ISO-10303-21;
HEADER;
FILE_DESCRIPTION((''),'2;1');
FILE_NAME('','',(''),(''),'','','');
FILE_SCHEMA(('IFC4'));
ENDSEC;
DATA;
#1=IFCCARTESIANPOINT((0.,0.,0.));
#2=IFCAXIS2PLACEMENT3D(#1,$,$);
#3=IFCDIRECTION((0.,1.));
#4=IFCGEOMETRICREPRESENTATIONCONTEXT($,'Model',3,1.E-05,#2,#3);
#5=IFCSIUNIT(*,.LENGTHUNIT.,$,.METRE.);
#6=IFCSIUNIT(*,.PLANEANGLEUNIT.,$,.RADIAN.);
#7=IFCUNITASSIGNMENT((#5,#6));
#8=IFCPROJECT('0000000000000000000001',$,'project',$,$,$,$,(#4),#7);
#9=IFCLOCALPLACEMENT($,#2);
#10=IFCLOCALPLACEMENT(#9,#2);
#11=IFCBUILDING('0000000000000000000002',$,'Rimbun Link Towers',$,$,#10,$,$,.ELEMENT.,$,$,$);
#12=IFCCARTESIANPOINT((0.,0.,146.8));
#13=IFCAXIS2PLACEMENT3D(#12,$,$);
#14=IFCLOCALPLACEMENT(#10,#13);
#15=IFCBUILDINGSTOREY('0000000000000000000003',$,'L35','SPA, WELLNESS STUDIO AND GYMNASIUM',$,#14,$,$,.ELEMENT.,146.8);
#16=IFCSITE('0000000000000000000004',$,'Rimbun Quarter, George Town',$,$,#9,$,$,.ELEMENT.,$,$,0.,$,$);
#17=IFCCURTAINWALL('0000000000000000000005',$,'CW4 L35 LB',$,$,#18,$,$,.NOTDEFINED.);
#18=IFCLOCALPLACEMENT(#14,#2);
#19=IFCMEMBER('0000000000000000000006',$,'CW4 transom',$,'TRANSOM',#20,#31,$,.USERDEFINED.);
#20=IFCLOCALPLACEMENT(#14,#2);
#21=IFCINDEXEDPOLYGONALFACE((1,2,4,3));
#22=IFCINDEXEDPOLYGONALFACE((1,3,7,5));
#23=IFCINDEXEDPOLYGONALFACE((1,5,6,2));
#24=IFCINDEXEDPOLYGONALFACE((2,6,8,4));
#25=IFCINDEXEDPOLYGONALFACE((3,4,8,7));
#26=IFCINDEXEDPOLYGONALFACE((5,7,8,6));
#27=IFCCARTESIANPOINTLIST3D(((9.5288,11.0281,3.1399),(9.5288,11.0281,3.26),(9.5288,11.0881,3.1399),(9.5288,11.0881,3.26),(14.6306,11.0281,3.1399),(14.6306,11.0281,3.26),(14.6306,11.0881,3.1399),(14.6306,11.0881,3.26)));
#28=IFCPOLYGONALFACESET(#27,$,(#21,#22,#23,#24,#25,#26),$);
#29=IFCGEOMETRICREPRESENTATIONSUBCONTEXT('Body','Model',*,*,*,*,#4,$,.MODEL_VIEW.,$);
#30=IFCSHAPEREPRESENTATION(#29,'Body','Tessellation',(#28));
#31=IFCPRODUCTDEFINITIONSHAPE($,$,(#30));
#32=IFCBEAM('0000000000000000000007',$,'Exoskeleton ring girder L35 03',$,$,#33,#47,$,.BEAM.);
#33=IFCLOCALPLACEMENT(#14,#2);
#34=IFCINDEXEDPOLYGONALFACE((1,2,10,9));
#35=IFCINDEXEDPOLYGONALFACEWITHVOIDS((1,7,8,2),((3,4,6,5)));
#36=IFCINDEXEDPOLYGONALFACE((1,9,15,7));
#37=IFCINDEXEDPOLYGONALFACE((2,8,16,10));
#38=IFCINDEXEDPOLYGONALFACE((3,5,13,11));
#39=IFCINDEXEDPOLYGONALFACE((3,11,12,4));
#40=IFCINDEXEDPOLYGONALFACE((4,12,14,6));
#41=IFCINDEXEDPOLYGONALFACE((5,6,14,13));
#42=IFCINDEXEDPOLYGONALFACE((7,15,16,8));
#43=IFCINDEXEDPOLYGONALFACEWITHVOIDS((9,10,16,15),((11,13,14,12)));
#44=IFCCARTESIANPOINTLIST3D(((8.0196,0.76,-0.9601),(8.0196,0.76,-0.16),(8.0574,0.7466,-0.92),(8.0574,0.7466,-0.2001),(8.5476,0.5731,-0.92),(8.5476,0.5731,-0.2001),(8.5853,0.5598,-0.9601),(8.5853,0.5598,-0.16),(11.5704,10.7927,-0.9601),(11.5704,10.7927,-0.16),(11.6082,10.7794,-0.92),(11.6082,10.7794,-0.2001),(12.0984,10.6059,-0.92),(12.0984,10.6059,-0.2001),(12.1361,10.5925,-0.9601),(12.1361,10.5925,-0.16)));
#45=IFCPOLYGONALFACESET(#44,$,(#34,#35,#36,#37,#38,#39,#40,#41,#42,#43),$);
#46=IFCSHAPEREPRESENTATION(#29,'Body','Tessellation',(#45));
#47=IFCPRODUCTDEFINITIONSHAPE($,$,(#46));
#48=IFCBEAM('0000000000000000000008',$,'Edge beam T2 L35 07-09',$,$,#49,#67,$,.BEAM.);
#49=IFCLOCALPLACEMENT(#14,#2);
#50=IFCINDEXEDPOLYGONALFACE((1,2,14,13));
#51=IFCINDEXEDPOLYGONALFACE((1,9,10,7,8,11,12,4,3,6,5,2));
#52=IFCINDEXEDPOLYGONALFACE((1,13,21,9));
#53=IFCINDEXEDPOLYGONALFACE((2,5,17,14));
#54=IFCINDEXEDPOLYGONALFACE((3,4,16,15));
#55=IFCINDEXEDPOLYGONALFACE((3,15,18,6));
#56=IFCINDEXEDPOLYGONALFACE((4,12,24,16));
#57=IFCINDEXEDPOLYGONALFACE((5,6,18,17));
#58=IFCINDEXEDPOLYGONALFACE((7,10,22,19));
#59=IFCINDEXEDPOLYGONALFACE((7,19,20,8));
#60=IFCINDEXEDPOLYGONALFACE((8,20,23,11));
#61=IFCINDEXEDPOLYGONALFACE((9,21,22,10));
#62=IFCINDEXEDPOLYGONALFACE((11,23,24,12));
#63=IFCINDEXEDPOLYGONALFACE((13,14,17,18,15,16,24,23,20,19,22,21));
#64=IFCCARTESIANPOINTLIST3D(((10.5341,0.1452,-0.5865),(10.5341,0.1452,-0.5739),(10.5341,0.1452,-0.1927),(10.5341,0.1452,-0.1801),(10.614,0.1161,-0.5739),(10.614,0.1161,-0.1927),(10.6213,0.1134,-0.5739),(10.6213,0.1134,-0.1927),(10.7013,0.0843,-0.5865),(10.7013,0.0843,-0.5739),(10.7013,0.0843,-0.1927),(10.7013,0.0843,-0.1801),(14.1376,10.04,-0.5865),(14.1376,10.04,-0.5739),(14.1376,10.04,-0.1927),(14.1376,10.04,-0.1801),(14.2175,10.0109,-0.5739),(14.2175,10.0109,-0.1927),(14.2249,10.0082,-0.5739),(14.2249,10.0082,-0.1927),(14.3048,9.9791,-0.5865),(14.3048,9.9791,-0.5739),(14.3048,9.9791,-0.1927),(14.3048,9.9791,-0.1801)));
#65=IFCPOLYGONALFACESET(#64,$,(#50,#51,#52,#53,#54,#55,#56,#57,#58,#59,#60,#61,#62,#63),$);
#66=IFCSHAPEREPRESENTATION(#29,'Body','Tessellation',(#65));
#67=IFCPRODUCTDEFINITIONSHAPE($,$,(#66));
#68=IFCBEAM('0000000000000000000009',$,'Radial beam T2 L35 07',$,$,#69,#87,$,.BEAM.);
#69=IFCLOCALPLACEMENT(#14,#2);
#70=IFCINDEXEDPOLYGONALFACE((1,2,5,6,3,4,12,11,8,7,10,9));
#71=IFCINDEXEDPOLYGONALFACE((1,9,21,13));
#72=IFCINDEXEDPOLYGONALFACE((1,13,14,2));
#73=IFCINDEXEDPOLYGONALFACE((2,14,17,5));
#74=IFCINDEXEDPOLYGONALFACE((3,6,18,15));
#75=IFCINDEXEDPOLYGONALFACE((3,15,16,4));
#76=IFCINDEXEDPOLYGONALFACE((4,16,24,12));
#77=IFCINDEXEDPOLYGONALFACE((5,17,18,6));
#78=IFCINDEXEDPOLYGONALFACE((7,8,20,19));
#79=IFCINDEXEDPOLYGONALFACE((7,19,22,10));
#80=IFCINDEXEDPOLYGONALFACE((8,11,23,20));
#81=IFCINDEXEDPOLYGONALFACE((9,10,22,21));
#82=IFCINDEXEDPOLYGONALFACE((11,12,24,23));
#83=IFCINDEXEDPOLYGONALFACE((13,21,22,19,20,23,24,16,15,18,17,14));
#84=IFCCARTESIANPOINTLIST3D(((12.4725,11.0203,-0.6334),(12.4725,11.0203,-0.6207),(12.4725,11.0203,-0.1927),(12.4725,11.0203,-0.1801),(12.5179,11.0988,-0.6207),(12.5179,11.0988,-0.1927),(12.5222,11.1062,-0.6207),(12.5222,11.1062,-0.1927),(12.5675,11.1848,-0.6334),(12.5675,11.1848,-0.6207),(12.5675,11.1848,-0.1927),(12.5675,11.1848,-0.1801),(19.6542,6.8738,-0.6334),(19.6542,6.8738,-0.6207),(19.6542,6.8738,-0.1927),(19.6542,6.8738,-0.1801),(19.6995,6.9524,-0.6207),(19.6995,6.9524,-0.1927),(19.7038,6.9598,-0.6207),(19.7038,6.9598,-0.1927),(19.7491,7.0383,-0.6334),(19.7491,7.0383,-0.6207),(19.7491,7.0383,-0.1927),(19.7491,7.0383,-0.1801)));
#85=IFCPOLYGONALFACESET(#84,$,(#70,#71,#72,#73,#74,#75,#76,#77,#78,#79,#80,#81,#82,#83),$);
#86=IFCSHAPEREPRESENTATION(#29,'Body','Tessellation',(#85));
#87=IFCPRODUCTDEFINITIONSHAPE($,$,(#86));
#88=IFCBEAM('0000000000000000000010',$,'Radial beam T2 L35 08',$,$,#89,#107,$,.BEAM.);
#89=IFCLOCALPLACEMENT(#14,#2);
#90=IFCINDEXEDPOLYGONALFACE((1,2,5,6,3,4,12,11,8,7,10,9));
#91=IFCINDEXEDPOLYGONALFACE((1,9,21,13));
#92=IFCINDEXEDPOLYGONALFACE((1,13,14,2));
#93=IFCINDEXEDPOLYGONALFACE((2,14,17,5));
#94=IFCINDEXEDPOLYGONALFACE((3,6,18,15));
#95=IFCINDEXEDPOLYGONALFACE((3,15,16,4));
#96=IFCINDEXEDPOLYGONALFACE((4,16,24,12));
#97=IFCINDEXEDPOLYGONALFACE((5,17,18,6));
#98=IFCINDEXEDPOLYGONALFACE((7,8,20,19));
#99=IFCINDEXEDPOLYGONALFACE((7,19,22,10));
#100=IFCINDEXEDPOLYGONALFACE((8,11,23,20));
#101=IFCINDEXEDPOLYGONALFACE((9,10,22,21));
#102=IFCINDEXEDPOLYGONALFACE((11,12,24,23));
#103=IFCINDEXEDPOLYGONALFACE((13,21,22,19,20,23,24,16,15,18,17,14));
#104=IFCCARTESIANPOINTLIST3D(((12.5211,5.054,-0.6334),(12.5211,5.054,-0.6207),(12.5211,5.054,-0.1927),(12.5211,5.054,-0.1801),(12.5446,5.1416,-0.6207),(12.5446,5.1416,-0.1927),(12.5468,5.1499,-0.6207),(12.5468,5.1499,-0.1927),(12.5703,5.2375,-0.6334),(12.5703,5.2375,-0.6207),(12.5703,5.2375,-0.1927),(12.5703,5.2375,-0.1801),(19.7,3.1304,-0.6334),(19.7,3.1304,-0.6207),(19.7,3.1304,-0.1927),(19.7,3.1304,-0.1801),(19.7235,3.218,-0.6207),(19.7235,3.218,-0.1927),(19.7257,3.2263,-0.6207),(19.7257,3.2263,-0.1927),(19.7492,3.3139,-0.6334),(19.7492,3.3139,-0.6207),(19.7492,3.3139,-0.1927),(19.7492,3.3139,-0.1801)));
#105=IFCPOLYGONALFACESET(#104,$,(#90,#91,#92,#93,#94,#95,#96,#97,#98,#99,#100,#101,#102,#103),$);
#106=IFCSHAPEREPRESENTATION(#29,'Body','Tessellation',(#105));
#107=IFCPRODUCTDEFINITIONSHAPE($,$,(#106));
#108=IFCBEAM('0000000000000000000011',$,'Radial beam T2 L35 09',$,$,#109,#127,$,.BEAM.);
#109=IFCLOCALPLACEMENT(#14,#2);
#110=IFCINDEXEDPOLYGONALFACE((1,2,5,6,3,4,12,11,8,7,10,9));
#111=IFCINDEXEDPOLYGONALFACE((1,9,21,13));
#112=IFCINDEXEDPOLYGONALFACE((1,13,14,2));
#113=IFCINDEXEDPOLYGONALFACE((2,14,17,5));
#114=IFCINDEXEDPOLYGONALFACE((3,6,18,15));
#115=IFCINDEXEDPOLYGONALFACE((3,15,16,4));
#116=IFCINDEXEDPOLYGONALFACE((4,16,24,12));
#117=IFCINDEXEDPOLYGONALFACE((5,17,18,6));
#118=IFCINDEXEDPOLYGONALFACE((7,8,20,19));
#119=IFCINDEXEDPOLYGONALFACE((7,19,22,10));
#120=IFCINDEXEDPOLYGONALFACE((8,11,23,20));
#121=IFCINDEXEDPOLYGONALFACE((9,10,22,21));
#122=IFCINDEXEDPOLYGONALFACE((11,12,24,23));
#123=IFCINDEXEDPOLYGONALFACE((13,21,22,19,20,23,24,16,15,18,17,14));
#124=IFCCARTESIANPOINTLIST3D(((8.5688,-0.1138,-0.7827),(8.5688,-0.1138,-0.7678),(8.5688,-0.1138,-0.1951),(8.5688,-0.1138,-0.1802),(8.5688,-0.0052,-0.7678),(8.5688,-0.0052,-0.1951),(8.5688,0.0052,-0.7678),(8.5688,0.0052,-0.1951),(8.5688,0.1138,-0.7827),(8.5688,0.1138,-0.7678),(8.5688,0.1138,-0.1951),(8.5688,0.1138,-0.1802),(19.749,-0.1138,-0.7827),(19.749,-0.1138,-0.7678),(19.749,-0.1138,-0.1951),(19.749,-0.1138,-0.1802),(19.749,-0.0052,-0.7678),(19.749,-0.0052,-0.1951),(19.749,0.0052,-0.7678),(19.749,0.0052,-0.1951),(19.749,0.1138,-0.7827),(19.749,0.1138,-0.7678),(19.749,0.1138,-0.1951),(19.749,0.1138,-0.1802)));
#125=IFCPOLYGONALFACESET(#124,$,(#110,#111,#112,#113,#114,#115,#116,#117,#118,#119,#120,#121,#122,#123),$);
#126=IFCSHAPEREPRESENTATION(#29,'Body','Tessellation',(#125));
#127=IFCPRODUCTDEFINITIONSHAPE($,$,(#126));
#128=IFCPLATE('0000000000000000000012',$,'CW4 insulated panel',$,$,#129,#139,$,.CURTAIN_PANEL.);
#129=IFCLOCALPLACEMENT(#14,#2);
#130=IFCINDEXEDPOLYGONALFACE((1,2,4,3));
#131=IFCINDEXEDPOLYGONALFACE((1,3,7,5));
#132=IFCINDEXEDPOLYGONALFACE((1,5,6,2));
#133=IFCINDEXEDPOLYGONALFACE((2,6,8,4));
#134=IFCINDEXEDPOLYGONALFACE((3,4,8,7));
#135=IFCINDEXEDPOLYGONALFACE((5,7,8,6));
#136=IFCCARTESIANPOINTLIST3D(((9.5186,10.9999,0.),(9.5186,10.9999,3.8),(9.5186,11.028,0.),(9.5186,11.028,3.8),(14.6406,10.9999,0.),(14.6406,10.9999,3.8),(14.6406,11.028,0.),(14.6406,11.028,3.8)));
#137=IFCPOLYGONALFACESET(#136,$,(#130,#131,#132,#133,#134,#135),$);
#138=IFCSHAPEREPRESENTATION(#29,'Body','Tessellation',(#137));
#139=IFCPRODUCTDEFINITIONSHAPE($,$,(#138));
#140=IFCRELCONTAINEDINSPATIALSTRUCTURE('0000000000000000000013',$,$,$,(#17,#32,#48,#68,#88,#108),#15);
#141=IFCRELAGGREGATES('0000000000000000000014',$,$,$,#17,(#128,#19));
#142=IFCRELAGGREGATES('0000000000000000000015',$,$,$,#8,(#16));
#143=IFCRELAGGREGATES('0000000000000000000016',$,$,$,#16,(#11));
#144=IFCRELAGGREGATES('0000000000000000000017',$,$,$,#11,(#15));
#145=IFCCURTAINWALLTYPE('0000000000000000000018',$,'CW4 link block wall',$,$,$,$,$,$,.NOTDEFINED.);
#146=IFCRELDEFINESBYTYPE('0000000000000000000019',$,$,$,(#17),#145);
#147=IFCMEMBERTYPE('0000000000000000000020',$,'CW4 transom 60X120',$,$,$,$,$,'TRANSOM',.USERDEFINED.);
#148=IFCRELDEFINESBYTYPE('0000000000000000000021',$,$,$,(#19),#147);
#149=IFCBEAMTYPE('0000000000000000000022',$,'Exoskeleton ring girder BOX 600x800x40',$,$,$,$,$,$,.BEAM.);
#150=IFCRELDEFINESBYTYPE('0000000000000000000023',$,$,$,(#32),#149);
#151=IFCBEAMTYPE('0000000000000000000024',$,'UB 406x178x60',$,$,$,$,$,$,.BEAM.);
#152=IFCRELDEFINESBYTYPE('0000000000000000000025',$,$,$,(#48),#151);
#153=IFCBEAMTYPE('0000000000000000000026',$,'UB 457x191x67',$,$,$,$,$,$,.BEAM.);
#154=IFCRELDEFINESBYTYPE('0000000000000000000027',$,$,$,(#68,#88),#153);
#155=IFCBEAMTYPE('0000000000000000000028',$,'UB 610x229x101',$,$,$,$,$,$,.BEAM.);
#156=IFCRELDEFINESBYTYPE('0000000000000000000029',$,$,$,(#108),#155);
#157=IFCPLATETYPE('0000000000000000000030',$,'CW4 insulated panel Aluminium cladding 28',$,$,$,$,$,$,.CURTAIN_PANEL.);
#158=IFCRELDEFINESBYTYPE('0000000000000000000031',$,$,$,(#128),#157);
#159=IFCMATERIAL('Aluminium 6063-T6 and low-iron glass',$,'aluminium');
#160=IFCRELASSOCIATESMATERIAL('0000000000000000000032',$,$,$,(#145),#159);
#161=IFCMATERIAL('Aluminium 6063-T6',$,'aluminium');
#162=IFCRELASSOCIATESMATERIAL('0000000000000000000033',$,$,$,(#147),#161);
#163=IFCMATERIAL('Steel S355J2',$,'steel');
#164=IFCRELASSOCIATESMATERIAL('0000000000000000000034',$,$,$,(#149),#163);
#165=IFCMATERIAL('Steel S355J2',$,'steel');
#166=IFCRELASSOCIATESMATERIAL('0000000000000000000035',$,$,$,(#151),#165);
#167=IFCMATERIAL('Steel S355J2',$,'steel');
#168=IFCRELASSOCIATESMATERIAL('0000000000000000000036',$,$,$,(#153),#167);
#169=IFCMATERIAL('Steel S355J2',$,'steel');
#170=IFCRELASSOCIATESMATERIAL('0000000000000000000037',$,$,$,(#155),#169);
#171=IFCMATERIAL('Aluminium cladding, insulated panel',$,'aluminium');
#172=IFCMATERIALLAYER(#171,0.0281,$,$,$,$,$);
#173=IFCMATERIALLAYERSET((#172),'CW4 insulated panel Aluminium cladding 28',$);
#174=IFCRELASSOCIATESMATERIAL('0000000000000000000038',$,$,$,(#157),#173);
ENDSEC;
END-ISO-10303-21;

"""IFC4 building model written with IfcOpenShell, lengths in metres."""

from ifc_helpers import new_model, si_unit, direction, frame, origin, origin_2d, place, context, subcontext, project, spatial, rectangle, hollow_rectangle, i_section, extrude, material, layer, layer_set, material_profile, profile_set, type_object, element, aggregate, save


model = new_model("IFC4")

# Units and contexts
model_context = context("Model", 3, precision=1e-05, world=origin(), true_north=direction((0.0, 1.0)))
body_context = subcontext(model_context, "Body", "Model", "MODEL_VIEW")
ifc_project = project(units=[si_unit("LENGTHUNIT", "METRE"), si_unit("PLANEANGLEUNIT", "RADIAN")], contexts=[model_context])

# Site, building, storey
site_placement = place(None, origin())
site = spatial("IfcSite", under=ifc_project, at=site_placement, Name="Rimbun Quarter, George Town", CompositionType="ELEMENT", RefElevation=0.0)
building_placement = place(site_placement, origin())
building = spatial("IfcBuilding", under=site, at=building_placement, Name="Rimbun Link Towers", CompositionType="ELEMENT")
storey_placement = place(building_placement, frame((0.0, 0.0, 146.8)))
storey = spatial("IfcBuildingStorey", under=building, at=storey_placement, Name="L35", Description="SPA, WELLNESS STUDIO AND GYMNASIUM", CompositionType="ELEMENT", Elevation=146.8)

# Curtain wall, member
ifc_material_1 = material(Name="Aluminium 6063-T6 and low-iron glass", Category="aluminium")
curtain_wall_type = type_object("IfcCurtainWallType", Name="CW4 link block wall", PredefinedType="NOTDEFINED", material=ifc_material_1)
curtain_wall_placement = place(storey_placement, origin())
curtain_wall = element("IfcCurtainWall", 1, at=curtain_wall_placement, inside=storey, type_object=curtain_wall_type, Name="CW4 L35 LB", PredefinedType="NOTDEFINED")
ifc_material_2 = material(Name="Aluminium 6063-T6", Category="aluminium")
ifc_material_profile_1 = material_profile(ifc_material_2, rectangle(XDim=0.0601, YDim=0.1201, at=origin_2d()), Name="TRANSOM 60X120")
ifc_profile_set_1 = profile_set([ifc_material_profile_1], Name="Aluminium 6063-T6")
member_type = type_object("IfcMemberType", Name="CW4 transom 60X120", ElementType="TRANSOM", PredefinedType="USERDEFINED", material=ifc_profile_set_1)
member_placement = place(storey_placement, frame((9.5288, 11.0581, 3.2), z_axis=(1.0, 0.0, 0.0), x_axis=(0.0, 1.0, 0.0)))
member = element("IfcMember", 2, at=member_placement, type_object=member_type, Name="CW4 transom", ObjectType="TRANSOM", PredefinedType="USERDEFINED", context=body_context, shape_type="SweptSolid", body=[
    extrude(rectangle(XDim=0.0601, YDim=0.1201, at=origin_2d()), origin(), (0.0, 0.0, 1.0), 5.1018),
])

# Beams
ifc_material_3 = material(Name="Steel S355J2", Category="steel")
ifc_material_profile_2 = material_profile(ifc_material_3, hollow_rectangle(XDim=0.6001, YDim=0.8, WallThickness=0.04, at=origin_2d()), Name="Exoskeleton ring girder BOX 600x800x40")
ifc_profile_set_2 = profile_set([ifc_material_profile_2], Name="Steel S355J2")
beam_type_1 = type_object("IfcBeamType", Name="Exoskeleton ring girder BOX 600x800x40", PredefinedType="BEAM", material=ifc_profile_set_2)
beam_1_placement = place(storey_placement, frame((11.8533, 10.6926, -0.5601), z_axis=(-0.333641, -0.9427, 0.0), x_axis=(0.9427, -0.333641, 0.0)))
element("IfcBeam", 3, at=beam_1_placement, inside=storey, type_object=beam_type_1, Name="Exoskeleton ring girder L35 03", PredefinedType="BEAM", context=body_context, shape_type="SweptSolid", body=[
    extrude(hollow_rectangle(XDim=0.6001, YDim=0.8, WallThickness=0.04, at=origin_2d()), origin(), (0.0, 0.0, 1.0), 10.6426),
])
ifc_material_4 = material(Name="Steel S355J2", Category="steel")
ifc_material_profile_3 = material_profile(ifc_material_4, i_section(OverallWidth=0.178, OverallDepth=0.4065, WebThickness=0.0078, FlangeThickness=0.0127, at=origin_2d()), Name="UB 406x178x60")
ifc_profile_set_3 = profile_set([ifc_material_profile_3], Name="Steel S355J2")
beam_type_2 = type_object("IfcBeamType", Name="UB 406x178x60", PredefinedType="BEAM", material=ifc_profile_set_3)
beam_2_placement = place(storey_placement, frame((14.2212, 10.0095, -0.3833), z_axis=(-0.342197, -0.939628, 0.0), x_axis=(0.939628, -0.342197, 0.0)))
element("IfcBeam", 4, at=beam_2_placement, inside=storey, type_object=beam_type_2, Name="Edge beam T2 L35 07-09", PredefinedType="BEAM", context=body_context, shape_type="SweptSolid", body=[
    extrude(i_section(OverallWidth=0.178, OverallDepth=0.4065, WebThickness=0.0078, FlangeThickness=0.0127, at=origin_2d()), origin(), (0.0, 0.0, 1.0), 10.5305),
])
ifc_material_5 = material(Name="Steel S355J2", Category="steel")
ifc_material_profile_4 = material_profile(ifc_material_5, i_section(OverallWidth=0.1899, OverallDepth=0.4534, WebThickness=0.0085, FlangeThickness=0.0127, at=origin_2d()), Name="UB 457x191x67")
ifc_profile_set_4 = profile_set([ifc_material_profile_4], Name="Steel S355J2")
beam_type_3 = type_object("IfcBeamType", Name="UB 457x191x67", PredefinedType="BEAM", material=ifc_profile_set_4)
beam_3_placement = place(storey_placement, frame((19.7017, 6.9561, -0.4067), z_axis=(-0.866017, 0.500015, 0.0), x_axis=(-0.500015, -0.866017, 0.0)))
element("IfcBeam", 5, at=beam_3_placement, inside=storey, type_object=beam_type_3, Name="Radial beam T2 L35 07", PredefinedType="BEAM", context=body_context, shape_type="SweptSolid", body=[
    extrude(i_section(OverallWidth=0.1899, OverallDepth=0.4534, WebThickness=0.0085, FlangeThickness=0.0127, at=origin_2d()), origin(), (0.0, 0.0, 1.0), 8.2927),
])
beam_4_placement = place(storey_placement, frame((19.7246, 3.2222, -0.4067), z_axis=(-0.965926, 0.258818, 0.0), x_axis=(-0.258818, -0.965926, 0.0)))
element("IfcBeam", 6, at=beam_4_placement, inside=storey, type_object=beam_type_3, Name="Radial beam T2 L35 08", PredefinedType="BEAM", context=body_context, shape_type="SweptSolid", body=[
    extrude(i_section(OverallWidth=0.1899, OverallDepth=0.4534, WebThickness=0.0085, FlangeThickness=0.0127, at=origin_2d()), origin(), (0.0, 0.0, 1.0), 7.4321),
])
ifc_material_6 = material(Name="Steel S355J2", Category="steel")
ifc_material_profile_5 = material_profile(ifc_material_6, i_section(OverallWidth=0.2275, OverallDepth=0.6025, WebThickness=0.0105, FlangeThickness=0.0149, at=origin_2d()), Name="UB 610x229x101")
ifc_profile_set_5 = profile_set([ifc_material_profile_5], Name="Steel S355J2")
beam_type_4 = type_object("IfcBeamType", Name="UB 610x229x101", PredefinedType="BEAM", material=ifc_profile_set_5)
beam_5_placement = place(storey_placement, frame((19.749, 0.0, -0.4814), z_axis=(-1.0, 0.0, 0.0), x_axis=(0.0, -1.0, 0.0)))
element("IfcBeam", 7, at=beam_5_placement, inside=storey, type_object=beam_type_4, Name="Radial beam T2 L35 09", PredefinedType="BEAM", context=body_context, shape_type="SweptSolid", body=[
    extrude(i_section(OverallWidth=0.2275, OverallDepth=0.6025, WebThickness=0.0105, FlangeThickness=0.0149, at=origin_2d()), origin(), (0.0, 0.0, 1.0), 11.1802),
])

# Plate
ifc_material_7 = material(Name="Aluminium cladding, insulated panel", Category="aluminium")
ifc_layer_1 = layer(ifc_material_7, 0.0281)
ifc_layer_set_1 = layer_set([ifc_layer_1], Name="CW4 insulated panel Aluminium cladding 28")
plate_type = type_object("IfcPlateType", Name="CW4 insulated panel Aluminium cladding 28", PredefinedType="CURTAIN_PANEL", material=ifc_layer_set_1)
plate_placement = place(storey_placement, frame((12.0796, 11.0139, 0.0), z_axis=(0.0, 0.0, 1.0), x_axis=(1.0, 0.0, 0.0)))
plate = element("IfcPlate", 8, at=plate_placement, type_object=plate_type, Name="CW4 insulated panel", PredefinedType="CURTAIN_PANEL", context=body_context, shape_type="SweptSolid", body=[
    extrude(rectangle(XDim=5.1221, YDim=0.0281, at=origin_2d()), origin(), (0.0, 0.0, 1.0), 3.8),
])
aggregate(curtain_wall, [plate, member])

save(model, "model.ifc")
